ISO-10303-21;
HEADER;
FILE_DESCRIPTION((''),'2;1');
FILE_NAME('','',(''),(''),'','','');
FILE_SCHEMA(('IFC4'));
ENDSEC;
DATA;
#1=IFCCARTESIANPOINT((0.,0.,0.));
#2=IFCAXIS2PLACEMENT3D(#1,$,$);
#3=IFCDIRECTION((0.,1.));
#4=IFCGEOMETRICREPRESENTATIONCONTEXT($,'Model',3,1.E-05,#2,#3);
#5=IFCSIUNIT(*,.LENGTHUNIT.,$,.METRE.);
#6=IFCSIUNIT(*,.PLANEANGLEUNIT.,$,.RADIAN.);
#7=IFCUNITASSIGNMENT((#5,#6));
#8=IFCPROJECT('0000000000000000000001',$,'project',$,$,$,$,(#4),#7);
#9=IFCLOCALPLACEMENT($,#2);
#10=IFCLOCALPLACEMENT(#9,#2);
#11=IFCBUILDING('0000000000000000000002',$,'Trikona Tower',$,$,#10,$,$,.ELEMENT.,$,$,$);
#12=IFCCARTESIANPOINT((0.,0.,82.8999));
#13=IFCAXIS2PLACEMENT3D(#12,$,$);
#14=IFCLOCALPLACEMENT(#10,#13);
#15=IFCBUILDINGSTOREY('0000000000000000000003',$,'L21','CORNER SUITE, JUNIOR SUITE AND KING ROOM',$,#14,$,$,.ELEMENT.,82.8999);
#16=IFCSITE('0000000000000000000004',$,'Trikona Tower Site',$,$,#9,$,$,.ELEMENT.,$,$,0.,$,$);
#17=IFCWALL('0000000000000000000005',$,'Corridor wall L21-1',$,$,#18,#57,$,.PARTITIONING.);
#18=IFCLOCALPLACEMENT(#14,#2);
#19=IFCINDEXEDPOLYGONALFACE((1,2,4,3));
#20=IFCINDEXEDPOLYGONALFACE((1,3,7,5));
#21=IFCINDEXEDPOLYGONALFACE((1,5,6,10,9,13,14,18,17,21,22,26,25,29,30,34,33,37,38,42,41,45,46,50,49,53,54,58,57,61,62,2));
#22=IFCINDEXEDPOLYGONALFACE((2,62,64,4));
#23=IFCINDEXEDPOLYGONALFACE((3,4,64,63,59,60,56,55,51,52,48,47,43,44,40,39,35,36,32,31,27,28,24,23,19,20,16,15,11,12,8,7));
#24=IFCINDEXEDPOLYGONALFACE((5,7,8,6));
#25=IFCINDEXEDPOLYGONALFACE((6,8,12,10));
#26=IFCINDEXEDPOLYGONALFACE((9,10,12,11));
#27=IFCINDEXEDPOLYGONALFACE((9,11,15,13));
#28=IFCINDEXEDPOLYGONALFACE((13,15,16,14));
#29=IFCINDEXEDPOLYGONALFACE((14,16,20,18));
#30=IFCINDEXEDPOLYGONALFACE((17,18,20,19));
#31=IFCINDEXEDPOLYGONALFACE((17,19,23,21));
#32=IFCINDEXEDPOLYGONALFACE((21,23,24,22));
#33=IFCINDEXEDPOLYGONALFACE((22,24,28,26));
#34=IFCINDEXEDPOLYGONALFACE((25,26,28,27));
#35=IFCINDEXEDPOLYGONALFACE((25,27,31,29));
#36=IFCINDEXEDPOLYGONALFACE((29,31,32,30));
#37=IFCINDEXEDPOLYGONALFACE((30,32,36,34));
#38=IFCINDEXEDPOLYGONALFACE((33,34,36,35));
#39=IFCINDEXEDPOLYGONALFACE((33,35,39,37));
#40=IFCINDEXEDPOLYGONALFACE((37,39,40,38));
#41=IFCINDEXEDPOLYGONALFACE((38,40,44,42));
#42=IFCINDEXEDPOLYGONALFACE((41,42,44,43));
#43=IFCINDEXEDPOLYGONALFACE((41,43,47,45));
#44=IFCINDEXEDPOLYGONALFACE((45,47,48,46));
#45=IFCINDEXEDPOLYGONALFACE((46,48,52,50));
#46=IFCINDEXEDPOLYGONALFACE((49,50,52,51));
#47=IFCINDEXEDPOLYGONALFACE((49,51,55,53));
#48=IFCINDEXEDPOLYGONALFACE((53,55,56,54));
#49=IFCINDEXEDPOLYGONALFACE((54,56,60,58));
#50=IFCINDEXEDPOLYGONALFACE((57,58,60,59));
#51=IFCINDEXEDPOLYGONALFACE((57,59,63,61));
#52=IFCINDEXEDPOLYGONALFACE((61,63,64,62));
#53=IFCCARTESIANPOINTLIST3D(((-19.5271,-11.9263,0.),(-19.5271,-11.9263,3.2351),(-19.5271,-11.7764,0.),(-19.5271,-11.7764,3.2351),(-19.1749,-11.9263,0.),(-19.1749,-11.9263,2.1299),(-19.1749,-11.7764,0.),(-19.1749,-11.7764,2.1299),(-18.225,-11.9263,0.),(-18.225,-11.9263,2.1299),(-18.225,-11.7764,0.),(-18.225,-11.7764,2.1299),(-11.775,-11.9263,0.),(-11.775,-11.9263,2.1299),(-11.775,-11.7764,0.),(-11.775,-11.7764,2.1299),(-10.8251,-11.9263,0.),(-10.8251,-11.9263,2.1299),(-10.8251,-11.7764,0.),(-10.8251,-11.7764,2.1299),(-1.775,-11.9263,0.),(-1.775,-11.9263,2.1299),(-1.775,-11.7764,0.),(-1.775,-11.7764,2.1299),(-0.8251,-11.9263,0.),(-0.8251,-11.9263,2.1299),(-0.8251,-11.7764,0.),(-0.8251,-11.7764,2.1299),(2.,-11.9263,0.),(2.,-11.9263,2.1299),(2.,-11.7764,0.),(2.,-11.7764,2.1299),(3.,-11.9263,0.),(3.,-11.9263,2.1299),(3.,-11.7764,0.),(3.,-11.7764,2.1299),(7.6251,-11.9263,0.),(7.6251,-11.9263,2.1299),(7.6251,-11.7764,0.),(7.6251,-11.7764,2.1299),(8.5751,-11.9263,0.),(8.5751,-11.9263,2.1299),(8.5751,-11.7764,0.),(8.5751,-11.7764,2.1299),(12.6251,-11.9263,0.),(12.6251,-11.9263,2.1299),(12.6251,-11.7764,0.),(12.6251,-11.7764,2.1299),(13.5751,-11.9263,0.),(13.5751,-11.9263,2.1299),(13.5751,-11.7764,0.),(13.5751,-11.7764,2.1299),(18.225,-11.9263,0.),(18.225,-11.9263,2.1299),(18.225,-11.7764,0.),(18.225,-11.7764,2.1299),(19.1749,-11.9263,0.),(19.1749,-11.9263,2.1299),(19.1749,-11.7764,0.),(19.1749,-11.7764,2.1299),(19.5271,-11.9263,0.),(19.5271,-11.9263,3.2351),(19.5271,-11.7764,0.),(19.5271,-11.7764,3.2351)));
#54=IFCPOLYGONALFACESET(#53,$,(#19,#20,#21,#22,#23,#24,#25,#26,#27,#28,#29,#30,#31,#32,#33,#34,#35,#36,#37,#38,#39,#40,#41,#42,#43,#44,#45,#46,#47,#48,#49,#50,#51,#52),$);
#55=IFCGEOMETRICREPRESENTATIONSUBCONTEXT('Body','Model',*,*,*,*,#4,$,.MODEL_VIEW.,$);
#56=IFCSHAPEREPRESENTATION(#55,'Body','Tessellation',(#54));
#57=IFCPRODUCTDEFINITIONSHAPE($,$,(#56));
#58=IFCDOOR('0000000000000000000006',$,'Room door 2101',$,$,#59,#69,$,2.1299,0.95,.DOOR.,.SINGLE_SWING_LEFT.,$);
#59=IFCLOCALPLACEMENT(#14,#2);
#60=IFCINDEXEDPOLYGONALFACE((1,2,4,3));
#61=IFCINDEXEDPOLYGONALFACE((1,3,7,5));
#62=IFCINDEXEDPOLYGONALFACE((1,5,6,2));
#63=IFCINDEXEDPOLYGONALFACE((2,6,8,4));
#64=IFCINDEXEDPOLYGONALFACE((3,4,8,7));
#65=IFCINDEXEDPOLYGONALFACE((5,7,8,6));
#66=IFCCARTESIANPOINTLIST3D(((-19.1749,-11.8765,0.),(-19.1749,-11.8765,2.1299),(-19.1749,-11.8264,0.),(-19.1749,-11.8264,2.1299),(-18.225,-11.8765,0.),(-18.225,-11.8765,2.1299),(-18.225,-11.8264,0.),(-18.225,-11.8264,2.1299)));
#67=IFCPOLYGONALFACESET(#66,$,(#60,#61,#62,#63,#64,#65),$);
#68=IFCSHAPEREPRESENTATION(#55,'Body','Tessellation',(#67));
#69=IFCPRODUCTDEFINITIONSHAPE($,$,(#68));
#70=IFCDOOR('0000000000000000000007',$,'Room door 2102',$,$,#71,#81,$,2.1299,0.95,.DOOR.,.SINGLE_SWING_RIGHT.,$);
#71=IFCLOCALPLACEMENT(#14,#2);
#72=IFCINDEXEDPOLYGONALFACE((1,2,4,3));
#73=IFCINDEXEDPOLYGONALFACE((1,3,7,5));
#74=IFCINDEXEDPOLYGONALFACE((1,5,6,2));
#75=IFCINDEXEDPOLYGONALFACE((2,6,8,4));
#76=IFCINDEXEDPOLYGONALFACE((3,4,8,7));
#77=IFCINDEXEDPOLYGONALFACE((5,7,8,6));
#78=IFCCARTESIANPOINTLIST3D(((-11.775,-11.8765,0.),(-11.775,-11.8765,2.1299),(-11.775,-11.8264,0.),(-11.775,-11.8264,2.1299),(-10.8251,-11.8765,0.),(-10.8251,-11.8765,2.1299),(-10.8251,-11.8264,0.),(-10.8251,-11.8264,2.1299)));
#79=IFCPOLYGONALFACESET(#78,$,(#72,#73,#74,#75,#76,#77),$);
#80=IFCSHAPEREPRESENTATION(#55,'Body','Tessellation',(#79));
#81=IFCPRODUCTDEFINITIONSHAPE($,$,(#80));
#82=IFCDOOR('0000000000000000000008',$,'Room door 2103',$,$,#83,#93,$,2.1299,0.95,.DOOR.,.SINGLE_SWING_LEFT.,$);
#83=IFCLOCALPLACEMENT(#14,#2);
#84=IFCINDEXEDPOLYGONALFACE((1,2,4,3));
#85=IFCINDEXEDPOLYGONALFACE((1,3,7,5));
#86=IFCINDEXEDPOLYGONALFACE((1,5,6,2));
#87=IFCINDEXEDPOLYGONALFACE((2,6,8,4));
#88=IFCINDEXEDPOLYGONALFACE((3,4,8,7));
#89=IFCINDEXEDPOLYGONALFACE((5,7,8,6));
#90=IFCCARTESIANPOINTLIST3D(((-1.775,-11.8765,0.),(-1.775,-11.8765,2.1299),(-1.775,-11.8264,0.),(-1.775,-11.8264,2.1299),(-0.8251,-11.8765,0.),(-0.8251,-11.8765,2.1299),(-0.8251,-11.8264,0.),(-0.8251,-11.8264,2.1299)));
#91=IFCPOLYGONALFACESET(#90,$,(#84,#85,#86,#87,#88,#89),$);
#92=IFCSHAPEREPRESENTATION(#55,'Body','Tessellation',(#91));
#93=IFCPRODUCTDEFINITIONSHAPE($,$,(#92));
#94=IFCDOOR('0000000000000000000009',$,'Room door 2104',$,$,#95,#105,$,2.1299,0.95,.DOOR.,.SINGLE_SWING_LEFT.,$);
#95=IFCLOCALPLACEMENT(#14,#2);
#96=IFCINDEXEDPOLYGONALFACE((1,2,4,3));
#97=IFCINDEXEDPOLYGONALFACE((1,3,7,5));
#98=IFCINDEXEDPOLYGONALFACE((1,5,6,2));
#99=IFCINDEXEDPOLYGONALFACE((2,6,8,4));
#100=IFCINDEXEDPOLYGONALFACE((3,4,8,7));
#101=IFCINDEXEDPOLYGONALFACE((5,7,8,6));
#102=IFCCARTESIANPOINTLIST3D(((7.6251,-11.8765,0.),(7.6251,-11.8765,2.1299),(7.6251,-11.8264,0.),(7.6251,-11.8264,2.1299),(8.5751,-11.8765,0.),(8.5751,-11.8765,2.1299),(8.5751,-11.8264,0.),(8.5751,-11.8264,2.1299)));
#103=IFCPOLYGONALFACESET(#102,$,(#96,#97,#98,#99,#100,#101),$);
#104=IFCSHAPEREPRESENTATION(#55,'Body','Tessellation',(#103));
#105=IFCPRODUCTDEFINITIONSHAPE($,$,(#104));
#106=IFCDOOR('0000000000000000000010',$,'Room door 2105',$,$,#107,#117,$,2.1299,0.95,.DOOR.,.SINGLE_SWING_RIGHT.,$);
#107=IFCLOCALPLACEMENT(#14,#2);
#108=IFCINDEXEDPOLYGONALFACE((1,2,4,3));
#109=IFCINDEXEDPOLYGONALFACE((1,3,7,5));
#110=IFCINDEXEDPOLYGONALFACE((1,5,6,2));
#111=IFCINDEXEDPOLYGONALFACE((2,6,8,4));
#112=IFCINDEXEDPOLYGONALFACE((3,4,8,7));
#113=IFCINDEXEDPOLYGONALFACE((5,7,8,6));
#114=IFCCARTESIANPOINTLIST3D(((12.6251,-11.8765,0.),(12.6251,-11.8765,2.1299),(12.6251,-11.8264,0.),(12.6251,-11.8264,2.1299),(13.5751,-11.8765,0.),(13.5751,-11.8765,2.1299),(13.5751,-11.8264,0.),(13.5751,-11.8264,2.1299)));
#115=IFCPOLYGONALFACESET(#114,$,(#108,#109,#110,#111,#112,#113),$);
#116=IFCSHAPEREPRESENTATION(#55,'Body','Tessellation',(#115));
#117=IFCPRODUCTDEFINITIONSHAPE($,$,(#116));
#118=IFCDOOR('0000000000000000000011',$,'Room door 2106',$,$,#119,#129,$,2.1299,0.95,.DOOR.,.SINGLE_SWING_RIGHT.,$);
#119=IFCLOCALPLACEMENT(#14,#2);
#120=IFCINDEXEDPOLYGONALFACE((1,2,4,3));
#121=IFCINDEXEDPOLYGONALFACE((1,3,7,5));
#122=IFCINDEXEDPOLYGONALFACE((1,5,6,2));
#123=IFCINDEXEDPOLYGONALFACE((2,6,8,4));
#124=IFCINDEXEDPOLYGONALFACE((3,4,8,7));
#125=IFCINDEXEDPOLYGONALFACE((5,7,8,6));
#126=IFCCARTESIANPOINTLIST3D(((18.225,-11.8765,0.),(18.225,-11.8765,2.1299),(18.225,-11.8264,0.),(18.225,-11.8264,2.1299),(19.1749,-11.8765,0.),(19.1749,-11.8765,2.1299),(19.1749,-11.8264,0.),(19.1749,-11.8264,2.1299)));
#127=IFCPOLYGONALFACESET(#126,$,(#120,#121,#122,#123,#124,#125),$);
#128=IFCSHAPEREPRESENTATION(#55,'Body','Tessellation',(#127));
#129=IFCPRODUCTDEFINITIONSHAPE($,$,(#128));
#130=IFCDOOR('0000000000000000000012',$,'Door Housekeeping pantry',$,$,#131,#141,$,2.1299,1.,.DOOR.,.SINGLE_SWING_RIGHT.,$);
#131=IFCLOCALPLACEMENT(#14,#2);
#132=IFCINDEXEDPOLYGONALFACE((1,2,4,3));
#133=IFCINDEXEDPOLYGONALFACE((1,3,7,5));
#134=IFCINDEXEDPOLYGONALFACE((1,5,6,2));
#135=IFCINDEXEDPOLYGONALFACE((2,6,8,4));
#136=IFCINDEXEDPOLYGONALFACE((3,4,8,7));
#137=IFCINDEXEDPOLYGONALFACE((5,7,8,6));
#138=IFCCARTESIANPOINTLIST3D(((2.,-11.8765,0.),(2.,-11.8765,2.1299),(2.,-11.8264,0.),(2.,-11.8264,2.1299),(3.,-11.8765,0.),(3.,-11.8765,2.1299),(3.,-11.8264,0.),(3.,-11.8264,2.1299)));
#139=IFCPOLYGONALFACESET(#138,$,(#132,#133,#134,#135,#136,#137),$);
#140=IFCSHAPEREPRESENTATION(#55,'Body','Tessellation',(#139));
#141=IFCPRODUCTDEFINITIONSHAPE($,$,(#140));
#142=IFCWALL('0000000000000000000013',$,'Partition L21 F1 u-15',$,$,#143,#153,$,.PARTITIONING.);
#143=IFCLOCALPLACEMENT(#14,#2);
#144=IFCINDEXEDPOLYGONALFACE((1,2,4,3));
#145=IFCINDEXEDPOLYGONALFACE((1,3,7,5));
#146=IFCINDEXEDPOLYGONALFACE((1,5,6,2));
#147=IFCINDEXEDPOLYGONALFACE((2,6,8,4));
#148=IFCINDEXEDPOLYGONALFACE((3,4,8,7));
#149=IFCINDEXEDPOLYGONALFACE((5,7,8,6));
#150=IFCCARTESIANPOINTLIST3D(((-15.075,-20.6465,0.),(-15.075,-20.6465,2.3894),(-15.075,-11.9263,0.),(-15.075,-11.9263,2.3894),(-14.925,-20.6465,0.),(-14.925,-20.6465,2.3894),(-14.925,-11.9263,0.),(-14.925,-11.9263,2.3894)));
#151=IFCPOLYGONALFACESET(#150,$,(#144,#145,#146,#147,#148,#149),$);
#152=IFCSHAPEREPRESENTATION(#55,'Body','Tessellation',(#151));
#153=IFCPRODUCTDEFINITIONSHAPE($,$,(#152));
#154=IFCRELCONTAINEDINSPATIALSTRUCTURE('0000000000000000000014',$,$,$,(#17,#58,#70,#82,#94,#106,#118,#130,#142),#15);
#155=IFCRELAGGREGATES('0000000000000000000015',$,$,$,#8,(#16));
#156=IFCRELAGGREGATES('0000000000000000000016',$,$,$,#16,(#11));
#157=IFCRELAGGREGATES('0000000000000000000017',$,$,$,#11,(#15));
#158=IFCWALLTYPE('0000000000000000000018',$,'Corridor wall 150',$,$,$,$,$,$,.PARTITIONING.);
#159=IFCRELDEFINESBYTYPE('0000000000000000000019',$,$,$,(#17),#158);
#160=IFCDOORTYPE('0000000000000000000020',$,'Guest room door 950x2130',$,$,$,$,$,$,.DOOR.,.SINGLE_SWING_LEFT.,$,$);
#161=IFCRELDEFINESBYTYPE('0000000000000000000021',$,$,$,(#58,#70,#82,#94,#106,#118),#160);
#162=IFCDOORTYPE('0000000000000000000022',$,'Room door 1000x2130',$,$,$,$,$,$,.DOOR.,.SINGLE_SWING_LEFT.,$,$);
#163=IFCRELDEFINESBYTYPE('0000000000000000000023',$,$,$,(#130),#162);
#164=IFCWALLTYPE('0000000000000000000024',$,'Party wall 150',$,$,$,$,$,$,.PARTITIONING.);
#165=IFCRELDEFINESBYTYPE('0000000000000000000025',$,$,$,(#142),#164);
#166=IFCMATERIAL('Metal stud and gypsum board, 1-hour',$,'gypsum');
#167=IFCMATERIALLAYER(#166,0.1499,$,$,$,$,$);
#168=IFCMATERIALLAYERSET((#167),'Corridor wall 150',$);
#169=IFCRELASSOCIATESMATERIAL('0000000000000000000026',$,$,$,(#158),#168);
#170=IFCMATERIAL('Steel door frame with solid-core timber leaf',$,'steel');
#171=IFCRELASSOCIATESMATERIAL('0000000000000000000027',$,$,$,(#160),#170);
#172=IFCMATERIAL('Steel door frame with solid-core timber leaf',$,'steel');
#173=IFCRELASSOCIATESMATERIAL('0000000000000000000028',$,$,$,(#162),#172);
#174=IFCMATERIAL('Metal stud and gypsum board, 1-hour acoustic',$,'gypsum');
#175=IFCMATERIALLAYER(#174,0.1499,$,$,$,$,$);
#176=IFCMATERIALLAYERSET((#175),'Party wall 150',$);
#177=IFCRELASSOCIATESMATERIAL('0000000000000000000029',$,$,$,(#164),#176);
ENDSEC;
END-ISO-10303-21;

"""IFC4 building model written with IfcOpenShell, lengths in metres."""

from ifc_helpers import new_model, si_unit, direction, frame, frame_2d, origin, place, context, subcontext, project, spatial, rectangle, extrude, material, layer, layer_set, type_object, element, fill, save


model = new_model("IFC4")

# Units and contexts
model_context = context("Model", 3, precision=1e-05, world=origin(), true_north=direction((0.0, 1.0)))
body_context = subcontext(model_context, "Body", "Model", "MODEL_VIEW")
ifc_project = project(units=[si_unit("LENGTHUNIT", "METRE"), si_unit("PLANEANGLEUNIT", "RADIAN")], contexts=[model_context])

# Site, building, storey
site_placement = place(None, origin())
site = spatial("IfcSite", under=ifc_project, at=site_placement, Name="Trikona Tower Site", CompositionType="ELEMENT", RefElevation=0.0)
building_placement = place(site_placement, origin())
building = spatial("IfcBuilding", under=site, at=building_placement, Name="Trikona Tower", CompositionType="ELEMENT")
storey_placement = place(building_placement, frame((0.0, 0.0, 82.8999)))
storey = spatial("IfcBuildingStorey", under=building, at=storey_placement, Name="L21", Description="CORNER SUITE, JUNIOR SUITE AND KING ROOM", CompositionType="ELEMENT", Elevation=82.8999)

# Wall, openings, doors
ifc_material_1 = material(Name="Metal stud and gypsum board, 1-hour", Category="gypsum")
ifc_layer_1 = layer(ifc_material_1, 0.1499)
ifc_layer_set_1 = layer_set([ifc_layer_1], Name="Corridor wall 150")
wall_type_1 = type_object("IfcWallType", Name="Corridor wall 150", PredefinedType="PARTITIONING", material=ifc_layer_set_1)
wall_1_placement = place(storey_placement, frame((-19.5271, -11.8513, 0.0), z_axis=(0.0, 0.0, 1.0), x_axis=(1.0, 0.0, 0.0)))
wall_1 = element("IfcWall", 1, at=wall_1_placement, inside=storey, type_object=wall_type_1, Name="Corridor wall L21-1", PredefinedType="PARTITIONING", context=body_context, shape_type="SweptSolid", body=[
    extrude(rectangle(XDim=39.0542, YDim=0.1499, at=frame_2d((19.5271, 0.0))), origin(), (0.0, 0.0, 1.0), 3.2351),
])
opening_1_placement = place(wall_1_placement, frame((0.3521, 0.0, 0.0)))
opening_1 = element("IfcOpeningElement", 2, at=opening_1_placement, cuts=wall_1, PredefinedType="OPENING", context=body_context, shape_type="SweptSolid", body=[
    extrude(rectangle(XDim=0.95, YDim=2.1299, at=frame_2d((0.4751, 1.0649))), frame((0.0, 0.085, 0.0), z_axis=(0.0, -1.0, 0.0), x_axis=(1.0, 0.0, 0.0)), (0.0, 0.0, 1.0), 0.1699),
])
opening_2_placement = place(wall_1_placement, frame((7.752, 0.0, 0.0)))
opening_2 = element("IfcOpeningElement", 3, at=opening_2_placement, cuts=wall_1, PredefinedType="OPENING", context=body_context, shape_type="SweptSolid", body=[
    extrude(rectangle(XDim=0.95, YDim=2.1299, at=frame_2d((0.4751, 1.0649))), frame((0.0, 0.085, 0.0), z_axis=(0.0, -1.0, 0.0), x_axis=(1.0, 0.0, 0.0)), (0.0, 0.0, 1.0), 0.1699),
])
opening_3_placement = place(wall_1_placement, frame((17.752, 0.0, 0.0)))
opening_3 = element("IfcOpeningElement", 4, at=opening_3_placement, cuts=wall_1, PredefinedType="OPENING", context=body_context, shape_type="SweptSolid", body=[
    extrude(rectangle(XDim=0.95, YDim=2.1299, at=frame_2d((0.4751, 1.0649))), frame((0.0, 0.085, 0.0), z_axis=(0.0, -1.0, 0.0), x_axis=(1.0, 0.0, 0.0)), (0.0, 0.0, 1.0), 0.1699),
])
opening_4_placement = place(wall_1_placement, frame((21.5271, 0.0, 0.0)))
opening_4 = element("IfcOpeningElement", 5, at=opening_4_placement, cuts=wall_1, PredefinedType="OPENING", context=body_context, shape_type="SweptSolid", body=[
    extrude(rectangle(XDim=1.0, YDim=2.1299, at=frame_2d((0.5, 1.0649))), frame((0.0, 0.085, 0.0), z_axis=(0.0, -1.0, 0.0), x_axis=(1.0, 0.0, 0.0)), (0.0, 0.0, 1.0), 0.1699),
])
opening_5_placement = place(wall_1_placement, frame((27.1521, 0.0, 0.0)))
opening_5 = element("IfcOpeningElement", 6, at=opening_5_placement, cuts=wall_1, PredefinedType="OPENING", context=body_context, shape_type="SweptSolid", body=[
    extrude(rectangle(XDim=0.95, YDim=2.1299, at=frame_2d((0.4751, 1.0649))), frame((0.0, 0.085, 0.0), z_axis=(0.0, -1.0, 0.0), x_axis=(1.0, 0.0, 0.0)), (0.0, 0.0, 1.0), 0.1699),
])
opening_6_placement = place(wall_1_placement, frame((32.1521, 0.0, 0.0)))
opening_6 = element("IfcOpeningElement", 7, at=opening_6_placement, cuts=wall_1, PredefinedType="OPENING", context=body_context, shape_type="SweptSolid", body=[
    extrude(rectangle(XDim=0.95, YDim=2.1299, at=frame_2d((0.4751, 1.0649))), frame((0.0, 0.085, 0.0), z_axis=(0.0, -1.0, 0.0), x_axis=(1.0, 0.0, 0.0)), (0.0, 0.0, 1.0), 0.1699),
])
opening_7_placement = place(wall_1_placement, frame((37.752, 0.0, 0.0)))
opening_7 = element("IfcOpeningElement", 8, at=opening_7_placement, cuts=wall_1, PredefinedType="OPENING", context=body_context, shape_type="SweptSolid", body=[
    extrude(rectangle(XDim=0.95, YDim=2.1299, at=frame_2d((0.4751, 1.0649))), frame((0.0, 0.085, 0.0), z_axis=(0.0, -1.0, 0.0), x_axis=(1.0, 0.0, 0.0)), (0.0, 0.0, 1.0), 0.1699),
])
ifc_material_2 = material(Name="Steel door frame with solid-core timber leaf", Category="steel")
door_type_1 = type_object("IfcDoorType", Name="Guest room door 950x2130", OperationType="SINGLE_SWING_LEFT", PredefinedType="DOOR", material=ifc_material_2)
door_1_placement = place(opening_1_placement, origin())
door_1 = element("IfcDoor", 9, at=door_1_placement, inside=storey, type_object=door_type_1, Name="Room door 2101", OperationType="SINGLE_SWING_LEFT", OverallHeight=2.1299, OverallWidth=0.95, PredefinedType="DOOR", context=body_context, shape_type="SweptSolid", body=[
    extrude(rectangle(XDim=0.95, YDim=2.1299, at=frame_2d((0.4751, 1.0649))), frame((0.0, 0.0249, 0.0), z_axis=(0.0, -1.0, 0.0), x_axis=(1.0, 0.0, 0.0)), (0.0, 0.0, 1.0), 0.05),
])
fill(opening_1, door_1)
door_2_placement = place(opening_2_placement, origin())
door_2 = element("IfcDoor", 10, at=door_2_placement, inside=storey, type_object=door_type_1, Name="Room door 2102", OperationType="SINGLE_SWING_RIGHT", OverallHeight=2.1299, OverallWidth=0.95, PredefinedType="DOOR", context=body_context, shape_type="SweptSolid", body=[
    extrude(rectangle(XDim=0.95, YDim=2.1299, at=frame_2d((0.4751, 1.0649))), frame((0.0, 0.0249, 0.0), z_axis=(0.0, -1.0, 0.0), x_axis=(1.0, 0.0, 0.0)), (0.0, 0.0, 1.0), 0.05),
])
fill(opening_2, door_2)
door_3_placement = place(opening_3_placement, origin())
door_3 = element("IfcDoor", 11, at=door_3_placement, inside=storey, type_object=door_type_1, Name="Room door 2103", OperationType="SINGLE_SWING_LEFT", OverallHeight=2.1299, OverallWidth=0.95, PredefinedType="DOOR", context=body_context, shape_type="SweptSolid", body=[
    extrude(rectangle(XDim=0.95, YDim=2.1299, at=frame_2d((0.4751, 1.0649))), frame((0.0, 0.0249, 0.0), z_axis=(0.0, -1.0, 0.0), x_axis=(1.0, 0.0, 0.0)), (0.0, 0.0, 1.0), 0.05),
])
fill(opening_3, door_3)
door_4_placement = place(opening_5_placement, origin())
door_4 = element("IfcDoor", 12, at=door_4_placement, inside=storey, type_object=door_type_1, Name="Room door 2104", OperationType="SINGLE_SWING_LEFT", OverallHeight=2.1299, OverallWidth=0.95, PredefinedType="DOOR", context=body_context, shape_type="SweptSolid", body=[
    extrude(rectangle(XDim=0.95, YDim=2.1299, at=frame_2d((0.4751, 1.0649))), frame((0.0, 0.0249, 0.0), z_axis=(0.0, -1.0, 0.0), x_axis=(1.0, 0.0, 0.0)), (0.0, 0.0, 1.0), 0.05),
])
fill(opening_5, door_4)
door_5_placement = place(opening_6_placement, origin())
door_5 = element("IfcDoor", 13, at=door_5_placement, inside=storey, type_object=door_type_1, Name="Room door 2105", OperationType="SINGLE_SWING_RIGHT", OverallHeight=2.1299, OverallWidth=0.95, PredefinedType="DOOR", context=body_context, shape_type="SweptSolid", body=[
    extrude(rectangle(XDim=0.95, YDim=2.1299, at=frame_2d((0.4751, 1.0649))), frame((0.0, 0.0249, 0.0), z_axis=(0.0, -1.0, 0.0), x_axis=(1.0, 0.0, 0.0)), (0.0, 0.0, 1.0), 0.05),
])
fill(opening_6, door_5)
door_6_placement = place(opening_7_placement, origin())
door_6 = element("IfcDoor", 14, at=door_6_placement, inside=storey, type_object=door_type_1, Name="Room door 2106", OperationType="SINGLE_SWING_RIGHT", OverallHeight=2.1299, OverallWidth=0.95, PredefinedType="DOOR", context=body_context, shape_type="SweptSolid", body=[
    extrude(rectangle(XDim=0.95, YDim=2.1299, at=frame_2d((0.4751, 1.0649))), frame((0.0, 0.0249, 0.0), z_axis=(0.0, -1.0, 0.0), x_axis=(1.0, 0.0, 0.0)), (0.0, 0.0, 1.0), 0.05),
])
fill(opening_7, door_6)
ifc_material_3 = material(Name="Steel door frame with solid-core timber leaf", Category="steel")
door_type_2 = type_object("IfcDoorType", Name="Room door 1000x2130", OperationType="SINGLE_SWING_LEFT", PredefinedType="DOOR", material=ifc_material_3)
door_7_placement = place(opening_4_placement, origin())
door_7 = element("IfcDoor", 15, at=door_7_placement, inside=storey, type_object=door_type_2, Name="Door Housekeeping pantry", OperationType="SINGLE_SWING_RIGHT", OverallHeight=2.1299, OverallWidth=1.0, PredefinedType="DOOR", context=body_context, shape_type="SweptSolid", body=[
    extrude(rectangle(XDim=1.0, YDim=2.1299, at=frame_2d((0.5, 1.0649))), frame((0.0, 0.0249, 0.0), z_axis=(0.0, -1.0, 0.0), x_axis=(1.0, 0.0, 0.0)), (0.0, 0.0, 1.0), 0.05),
])
fill(opening_4, door_7)

# Wall
ifc_material_4 = material(Name="Metal stud and gypsum board, 1-hour acoustic", Category="gypsum")
ifc_layer_2 = layer(ifc_material_4, 0.1499)
ifc_layer_set_2 = layer_set([ifc_layer_2], Name="Party wall 150")
wall_type_2 = type_object("IfcWallType", Name="Party wall 150", PredefinedType="PARTITIONING", material=ifc_layer_set_2)
wall_2_placement = place(storey_placement, frame((-15.0, -11.9263, 0.0), z_axis=(0.0, 0.0, 1.0), x_axis=(0.0, -1.0, 0.0)))
element("IfcWall", 16, at=wall_2_placement, inside=storey, type_object=wall_type_2, Name="Partition L21 F1 u-15", PredefinedType="PARTITIONING", context=body_context, shape_type="SweptSolid", body=[
    extrude(rectangle(XDim=8.7202, YDim=0.1499, at=frame_2d((4.3601, 0.0))), origin(), (0.0, 0.0, 1.0), 2.3894),
])

save(model, "model.ifc")
